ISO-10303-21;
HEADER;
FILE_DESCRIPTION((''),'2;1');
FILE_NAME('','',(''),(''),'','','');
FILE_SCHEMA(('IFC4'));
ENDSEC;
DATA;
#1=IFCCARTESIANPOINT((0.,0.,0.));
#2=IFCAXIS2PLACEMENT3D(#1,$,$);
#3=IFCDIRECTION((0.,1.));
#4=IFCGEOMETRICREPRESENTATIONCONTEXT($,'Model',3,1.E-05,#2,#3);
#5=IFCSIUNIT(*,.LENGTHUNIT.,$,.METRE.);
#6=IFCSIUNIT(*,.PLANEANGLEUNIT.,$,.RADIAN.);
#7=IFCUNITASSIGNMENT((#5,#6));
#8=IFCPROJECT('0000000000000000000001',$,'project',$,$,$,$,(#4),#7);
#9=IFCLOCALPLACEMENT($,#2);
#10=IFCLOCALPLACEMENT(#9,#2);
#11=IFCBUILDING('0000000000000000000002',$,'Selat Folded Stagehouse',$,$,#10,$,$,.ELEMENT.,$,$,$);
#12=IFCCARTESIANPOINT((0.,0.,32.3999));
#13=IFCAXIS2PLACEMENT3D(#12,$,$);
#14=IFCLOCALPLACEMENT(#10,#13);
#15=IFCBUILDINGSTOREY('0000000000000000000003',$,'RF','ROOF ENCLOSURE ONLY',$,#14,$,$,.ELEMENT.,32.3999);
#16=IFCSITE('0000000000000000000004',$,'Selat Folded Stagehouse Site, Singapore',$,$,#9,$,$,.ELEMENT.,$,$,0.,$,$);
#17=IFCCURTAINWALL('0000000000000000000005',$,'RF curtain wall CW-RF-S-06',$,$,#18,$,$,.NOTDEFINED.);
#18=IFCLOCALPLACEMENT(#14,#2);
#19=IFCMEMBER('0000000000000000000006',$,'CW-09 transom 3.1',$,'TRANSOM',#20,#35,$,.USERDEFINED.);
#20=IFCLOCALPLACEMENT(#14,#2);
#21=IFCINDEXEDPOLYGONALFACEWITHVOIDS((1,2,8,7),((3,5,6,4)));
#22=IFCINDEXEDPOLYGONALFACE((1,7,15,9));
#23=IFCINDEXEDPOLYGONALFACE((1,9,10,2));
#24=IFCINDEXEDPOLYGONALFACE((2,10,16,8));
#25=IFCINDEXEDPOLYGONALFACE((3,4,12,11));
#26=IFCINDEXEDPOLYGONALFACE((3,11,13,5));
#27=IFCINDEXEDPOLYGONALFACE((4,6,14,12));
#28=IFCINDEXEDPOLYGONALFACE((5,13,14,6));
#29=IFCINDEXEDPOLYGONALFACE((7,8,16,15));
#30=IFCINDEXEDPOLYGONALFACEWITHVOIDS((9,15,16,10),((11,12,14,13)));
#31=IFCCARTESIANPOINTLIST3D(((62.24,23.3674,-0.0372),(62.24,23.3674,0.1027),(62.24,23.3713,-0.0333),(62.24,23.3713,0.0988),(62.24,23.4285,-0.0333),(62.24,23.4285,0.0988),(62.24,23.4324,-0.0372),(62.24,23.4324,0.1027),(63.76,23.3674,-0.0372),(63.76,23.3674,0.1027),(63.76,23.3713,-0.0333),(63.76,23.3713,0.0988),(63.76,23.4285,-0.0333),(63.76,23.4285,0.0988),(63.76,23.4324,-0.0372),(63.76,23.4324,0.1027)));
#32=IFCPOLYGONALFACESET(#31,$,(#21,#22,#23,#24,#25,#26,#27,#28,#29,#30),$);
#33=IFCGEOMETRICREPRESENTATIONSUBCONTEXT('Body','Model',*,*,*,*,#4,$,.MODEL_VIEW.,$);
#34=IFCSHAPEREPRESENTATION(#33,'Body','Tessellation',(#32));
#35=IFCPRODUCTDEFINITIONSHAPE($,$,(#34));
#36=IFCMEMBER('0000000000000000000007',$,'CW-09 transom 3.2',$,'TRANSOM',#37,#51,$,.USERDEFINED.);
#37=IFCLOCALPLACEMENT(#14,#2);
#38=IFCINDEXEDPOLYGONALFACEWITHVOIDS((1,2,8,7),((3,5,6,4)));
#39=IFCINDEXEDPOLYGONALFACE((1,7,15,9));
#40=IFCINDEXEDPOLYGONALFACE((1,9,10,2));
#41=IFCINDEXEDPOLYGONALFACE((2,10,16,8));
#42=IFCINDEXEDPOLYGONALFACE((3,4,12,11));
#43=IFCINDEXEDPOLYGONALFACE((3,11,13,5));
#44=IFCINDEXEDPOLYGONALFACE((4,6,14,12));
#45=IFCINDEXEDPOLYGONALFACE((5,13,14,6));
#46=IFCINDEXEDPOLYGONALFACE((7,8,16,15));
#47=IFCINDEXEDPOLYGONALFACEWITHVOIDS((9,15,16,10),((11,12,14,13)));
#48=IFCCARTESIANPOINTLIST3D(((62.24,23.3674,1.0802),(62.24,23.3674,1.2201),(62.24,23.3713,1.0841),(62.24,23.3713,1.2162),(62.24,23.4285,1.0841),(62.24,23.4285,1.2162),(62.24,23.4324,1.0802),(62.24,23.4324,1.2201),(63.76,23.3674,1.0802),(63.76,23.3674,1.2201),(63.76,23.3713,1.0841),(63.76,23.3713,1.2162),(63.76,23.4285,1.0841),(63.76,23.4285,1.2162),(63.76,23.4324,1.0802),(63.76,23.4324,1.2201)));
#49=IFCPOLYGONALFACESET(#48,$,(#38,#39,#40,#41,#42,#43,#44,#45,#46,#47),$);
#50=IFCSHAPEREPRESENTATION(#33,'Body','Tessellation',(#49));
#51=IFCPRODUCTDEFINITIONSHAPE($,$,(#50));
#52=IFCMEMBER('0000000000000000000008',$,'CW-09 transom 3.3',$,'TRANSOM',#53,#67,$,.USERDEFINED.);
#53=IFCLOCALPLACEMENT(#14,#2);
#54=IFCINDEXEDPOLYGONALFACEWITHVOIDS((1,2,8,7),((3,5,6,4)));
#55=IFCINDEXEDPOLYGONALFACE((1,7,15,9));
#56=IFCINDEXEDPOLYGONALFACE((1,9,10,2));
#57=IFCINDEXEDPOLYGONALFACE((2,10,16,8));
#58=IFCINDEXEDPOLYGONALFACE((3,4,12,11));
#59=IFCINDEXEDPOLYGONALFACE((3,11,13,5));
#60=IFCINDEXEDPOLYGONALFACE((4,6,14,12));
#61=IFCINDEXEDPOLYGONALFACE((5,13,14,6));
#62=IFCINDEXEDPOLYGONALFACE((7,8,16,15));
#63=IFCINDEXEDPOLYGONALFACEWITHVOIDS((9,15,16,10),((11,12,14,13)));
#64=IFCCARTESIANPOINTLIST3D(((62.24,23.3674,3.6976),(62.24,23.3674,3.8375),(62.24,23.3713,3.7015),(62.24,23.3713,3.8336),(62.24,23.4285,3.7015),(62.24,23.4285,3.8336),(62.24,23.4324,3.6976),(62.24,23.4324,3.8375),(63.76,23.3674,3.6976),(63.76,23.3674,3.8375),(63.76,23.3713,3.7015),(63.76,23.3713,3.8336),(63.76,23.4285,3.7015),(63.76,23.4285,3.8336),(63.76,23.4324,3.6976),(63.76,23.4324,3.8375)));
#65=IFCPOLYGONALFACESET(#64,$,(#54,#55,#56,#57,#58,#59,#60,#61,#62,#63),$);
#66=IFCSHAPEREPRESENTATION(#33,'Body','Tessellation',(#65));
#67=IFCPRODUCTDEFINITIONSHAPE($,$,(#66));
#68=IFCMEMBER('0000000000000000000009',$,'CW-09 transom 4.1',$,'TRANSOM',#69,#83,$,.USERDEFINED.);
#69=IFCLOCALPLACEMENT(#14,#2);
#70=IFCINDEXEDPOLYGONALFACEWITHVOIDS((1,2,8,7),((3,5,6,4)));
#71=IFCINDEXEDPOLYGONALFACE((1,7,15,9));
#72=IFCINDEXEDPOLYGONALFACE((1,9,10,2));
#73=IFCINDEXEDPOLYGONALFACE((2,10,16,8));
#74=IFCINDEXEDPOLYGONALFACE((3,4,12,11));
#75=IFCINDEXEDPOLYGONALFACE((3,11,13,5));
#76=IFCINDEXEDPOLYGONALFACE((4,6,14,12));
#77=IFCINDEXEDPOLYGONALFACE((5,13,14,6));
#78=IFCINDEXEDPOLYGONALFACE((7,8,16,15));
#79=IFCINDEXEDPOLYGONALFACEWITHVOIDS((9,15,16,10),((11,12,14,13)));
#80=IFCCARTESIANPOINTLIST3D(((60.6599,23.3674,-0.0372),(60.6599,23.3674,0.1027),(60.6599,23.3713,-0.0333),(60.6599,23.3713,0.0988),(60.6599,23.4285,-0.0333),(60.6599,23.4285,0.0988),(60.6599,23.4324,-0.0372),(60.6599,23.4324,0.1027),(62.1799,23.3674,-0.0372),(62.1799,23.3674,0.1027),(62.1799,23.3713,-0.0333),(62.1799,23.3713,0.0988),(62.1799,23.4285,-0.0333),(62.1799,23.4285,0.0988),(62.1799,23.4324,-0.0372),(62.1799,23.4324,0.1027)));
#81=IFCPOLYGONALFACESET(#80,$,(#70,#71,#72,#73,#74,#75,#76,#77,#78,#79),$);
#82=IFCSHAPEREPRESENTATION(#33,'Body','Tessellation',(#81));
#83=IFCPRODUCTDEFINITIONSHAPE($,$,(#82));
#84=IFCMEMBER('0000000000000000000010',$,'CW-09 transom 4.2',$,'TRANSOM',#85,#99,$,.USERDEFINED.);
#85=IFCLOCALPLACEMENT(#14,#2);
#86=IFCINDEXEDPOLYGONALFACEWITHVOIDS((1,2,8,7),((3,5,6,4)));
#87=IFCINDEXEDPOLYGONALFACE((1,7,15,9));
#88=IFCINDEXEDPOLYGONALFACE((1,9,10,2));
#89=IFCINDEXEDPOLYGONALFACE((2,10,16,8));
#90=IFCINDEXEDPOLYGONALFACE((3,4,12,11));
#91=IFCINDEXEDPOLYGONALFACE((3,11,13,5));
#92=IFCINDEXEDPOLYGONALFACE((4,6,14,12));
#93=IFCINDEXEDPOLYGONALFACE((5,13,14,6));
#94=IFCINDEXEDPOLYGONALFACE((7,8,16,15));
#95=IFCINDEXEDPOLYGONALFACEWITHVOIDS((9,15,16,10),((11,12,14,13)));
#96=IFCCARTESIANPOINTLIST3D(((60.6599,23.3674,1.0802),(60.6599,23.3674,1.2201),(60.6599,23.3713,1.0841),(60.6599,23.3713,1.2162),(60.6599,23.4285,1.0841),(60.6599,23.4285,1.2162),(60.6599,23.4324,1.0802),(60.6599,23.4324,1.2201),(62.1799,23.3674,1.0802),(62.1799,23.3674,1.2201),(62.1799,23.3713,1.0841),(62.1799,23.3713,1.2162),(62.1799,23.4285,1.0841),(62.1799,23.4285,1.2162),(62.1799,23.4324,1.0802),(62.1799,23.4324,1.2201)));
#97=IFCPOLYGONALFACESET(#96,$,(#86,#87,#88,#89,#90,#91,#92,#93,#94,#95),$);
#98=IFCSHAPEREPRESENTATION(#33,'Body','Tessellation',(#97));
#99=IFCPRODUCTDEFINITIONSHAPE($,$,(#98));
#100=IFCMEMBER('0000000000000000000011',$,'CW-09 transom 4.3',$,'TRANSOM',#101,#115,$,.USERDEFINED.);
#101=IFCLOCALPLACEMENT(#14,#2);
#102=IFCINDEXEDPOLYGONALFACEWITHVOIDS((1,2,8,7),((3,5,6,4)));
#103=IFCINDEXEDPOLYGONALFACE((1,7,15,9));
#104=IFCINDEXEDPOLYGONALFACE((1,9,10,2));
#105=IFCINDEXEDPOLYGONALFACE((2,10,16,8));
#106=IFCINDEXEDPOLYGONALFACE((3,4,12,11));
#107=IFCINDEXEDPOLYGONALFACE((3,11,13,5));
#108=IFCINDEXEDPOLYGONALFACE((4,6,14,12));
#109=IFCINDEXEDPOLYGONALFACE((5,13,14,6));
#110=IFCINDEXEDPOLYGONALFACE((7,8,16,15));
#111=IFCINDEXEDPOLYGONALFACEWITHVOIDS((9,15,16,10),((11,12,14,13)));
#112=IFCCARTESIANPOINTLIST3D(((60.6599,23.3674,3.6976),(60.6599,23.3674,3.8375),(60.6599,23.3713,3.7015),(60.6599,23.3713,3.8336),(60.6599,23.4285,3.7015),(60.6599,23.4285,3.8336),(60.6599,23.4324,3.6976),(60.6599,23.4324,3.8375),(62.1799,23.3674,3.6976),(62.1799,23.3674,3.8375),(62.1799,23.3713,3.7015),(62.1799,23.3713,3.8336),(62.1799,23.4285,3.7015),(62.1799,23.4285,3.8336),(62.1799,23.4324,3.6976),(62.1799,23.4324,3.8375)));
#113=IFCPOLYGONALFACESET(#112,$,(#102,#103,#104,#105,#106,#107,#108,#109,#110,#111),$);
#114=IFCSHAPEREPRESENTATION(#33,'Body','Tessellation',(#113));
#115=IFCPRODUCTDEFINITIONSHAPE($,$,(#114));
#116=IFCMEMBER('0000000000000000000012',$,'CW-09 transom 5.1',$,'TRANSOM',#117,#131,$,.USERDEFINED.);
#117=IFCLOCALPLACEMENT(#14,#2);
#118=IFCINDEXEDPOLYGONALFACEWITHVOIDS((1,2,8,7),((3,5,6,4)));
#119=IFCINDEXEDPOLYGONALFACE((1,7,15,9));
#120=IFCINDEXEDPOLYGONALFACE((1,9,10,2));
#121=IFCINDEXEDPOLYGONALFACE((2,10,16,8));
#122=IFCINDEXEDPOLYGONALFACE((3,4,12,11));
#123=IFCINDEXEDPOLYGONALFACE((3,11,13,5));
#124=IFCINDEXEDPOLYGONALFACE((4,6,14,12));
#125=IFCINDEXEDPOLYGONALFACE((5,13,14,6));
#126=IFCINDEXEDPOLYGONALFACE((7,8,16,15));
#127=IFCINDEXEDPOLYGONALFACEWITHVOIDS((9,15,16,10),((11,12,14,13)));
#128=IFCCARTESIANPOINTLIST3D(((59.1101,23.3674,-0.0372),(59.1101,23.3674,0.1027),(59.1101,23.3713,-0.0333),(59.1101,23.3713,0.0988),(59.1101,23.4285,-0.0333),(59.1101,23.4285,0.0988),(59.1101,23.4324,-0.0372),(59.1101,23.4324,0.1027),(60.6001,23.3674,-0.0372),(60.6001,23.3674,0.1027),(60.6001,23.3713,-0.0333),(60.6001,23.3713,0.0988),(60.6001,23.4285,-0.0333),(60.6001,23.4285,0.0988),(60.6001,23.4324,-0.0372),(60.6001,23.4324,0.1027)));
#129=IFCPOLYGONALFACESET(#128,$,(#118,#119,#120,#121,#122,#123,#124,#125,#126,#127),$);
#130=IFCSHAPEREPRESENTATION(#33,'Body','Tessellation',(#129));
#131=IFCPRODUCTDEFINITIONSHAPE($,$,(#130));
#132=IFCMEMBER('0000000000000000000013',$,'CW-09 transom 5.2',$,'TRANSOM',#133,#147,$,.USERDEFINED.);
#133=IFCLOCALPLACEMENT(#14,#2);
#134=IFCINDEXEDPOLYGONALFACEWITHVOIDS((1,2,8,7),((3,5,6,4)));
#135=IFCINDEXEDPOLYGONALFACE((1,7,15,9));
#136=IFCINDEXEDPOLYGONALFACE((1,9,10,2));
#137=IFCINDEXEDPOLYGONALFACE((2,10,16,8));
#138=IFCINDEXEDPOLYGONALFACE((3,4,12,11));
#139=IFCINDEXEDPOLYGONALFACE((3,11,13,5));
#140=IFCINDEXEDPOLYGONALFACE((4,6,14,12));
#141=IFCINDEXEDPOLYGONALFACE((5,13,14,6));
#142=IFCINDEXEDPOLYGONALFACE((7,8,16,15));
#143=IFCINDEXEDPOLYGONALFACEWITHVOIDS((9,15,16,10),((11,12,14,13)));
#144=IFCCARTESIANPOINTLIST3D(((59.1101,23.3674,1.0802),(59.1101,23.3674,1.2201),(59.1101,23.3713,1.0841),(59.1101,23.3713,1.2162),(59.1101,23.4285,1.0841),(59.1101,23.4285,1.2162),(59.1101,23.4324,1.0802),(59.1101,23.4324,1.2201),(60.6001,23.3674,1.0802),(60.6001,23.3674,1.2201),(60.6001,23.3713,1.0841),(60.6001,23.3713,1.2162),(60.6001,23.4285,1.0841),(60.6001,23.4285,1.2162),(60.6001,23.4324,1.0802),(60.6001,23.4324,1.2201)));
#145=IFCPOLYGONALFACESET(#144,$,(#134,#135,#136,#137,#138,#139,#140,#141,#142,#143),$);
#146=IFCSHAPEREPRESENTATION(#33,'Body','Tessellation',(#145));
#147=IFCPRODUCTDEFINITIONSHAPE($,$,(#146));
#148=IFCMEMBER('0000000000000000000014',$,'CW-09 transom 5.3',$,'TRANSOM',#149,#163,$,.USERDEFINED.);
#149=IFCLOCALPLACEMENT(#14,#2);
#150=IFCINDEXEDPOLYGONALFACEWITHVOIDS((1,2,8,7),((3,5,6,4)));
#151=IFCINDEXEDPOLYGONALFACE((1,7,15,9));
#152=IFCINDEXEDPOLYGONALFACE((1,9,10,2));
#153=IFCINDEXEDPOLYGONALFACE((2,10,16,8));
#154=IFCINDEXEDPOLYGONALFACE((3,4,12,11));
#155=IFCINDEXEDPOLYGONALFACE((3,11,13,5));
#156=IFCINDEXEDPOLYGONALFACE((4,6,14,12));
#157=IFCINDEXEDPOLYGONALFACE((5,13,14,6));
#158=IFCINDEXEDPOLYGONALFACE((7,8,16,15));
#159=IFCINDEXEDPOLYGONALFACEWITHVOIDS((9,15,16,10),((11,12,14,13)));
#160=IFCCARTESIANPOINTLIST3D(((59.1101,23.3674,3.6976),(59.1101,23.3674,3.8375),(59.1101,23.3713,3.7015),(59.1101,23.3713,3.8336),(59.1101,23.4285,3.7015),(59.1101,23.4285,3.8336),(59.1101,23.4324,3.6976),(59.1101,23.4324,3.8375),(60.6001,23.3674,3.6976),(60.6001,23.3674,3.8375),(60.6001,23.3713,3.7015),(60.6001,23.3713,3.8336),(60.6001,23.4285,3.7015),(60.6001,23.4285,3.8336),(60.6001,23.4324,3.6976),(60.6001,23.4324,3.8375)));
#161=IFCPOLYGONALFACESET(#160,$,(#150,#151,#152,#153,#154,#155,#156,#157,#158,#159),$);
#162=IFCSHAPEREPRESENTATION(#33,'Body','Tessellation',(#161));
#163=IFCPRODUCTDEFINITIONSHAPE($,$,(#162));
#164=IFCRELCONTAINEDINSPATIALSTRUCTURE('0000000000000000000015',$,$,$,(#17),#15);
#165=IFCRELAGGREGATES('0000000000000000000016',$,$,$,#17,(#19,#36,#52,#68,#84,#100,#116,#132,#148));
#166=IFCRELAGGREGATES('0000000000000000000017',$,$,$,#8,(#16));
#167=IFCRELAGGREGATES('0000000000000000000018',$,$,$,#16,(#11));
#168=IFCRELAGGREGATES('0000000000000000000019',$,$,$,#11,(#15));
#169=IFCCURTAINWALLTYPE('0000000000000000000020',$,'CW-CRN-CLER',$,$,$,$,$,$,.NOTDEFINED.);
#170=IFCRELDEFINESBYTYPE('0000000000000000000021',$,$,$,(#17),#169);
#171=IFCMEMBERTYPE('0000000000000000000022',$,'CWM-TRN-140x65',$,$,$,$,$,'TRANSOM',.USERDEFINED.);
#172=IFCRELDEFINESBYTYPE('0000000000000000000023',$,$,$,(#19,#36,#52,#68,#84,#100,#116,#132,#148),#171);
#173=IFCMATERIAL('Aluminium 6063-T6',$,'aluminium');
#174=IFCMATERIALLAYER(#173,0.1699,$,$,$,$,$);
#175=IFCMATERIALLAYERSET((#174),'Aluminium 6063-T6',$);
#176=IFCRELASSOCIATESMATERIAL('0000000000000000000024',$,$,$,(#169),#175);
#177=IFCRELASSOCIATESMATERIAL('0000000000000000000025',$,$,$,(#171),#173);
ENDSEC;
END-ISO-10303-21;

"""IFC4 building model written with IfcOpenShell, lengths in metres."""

from ifc_helpers import new_model, si_unit, direction, frame, origin, origin_2d, place, context, subcontext, project, spatial, hollow_rectangle, extrude, material, layer, layer_set, material_profile, profile_set, type_object, element, aggregate, save


model = new_model("IFC4")

# Units and contexts
model_context = context("Model", 3, precision=1e-05, world=origin(), true_north=direction((0.0, 1.0)))
body_context = subcontext(model_context, "Body", "Model", "MODEL_VIEW")
ifc_project = project(units=[si_unit("LENGTHUNIT", "METRE"), si_unit("PLANEANGLEUNIT", "RADIAN")], contexts=[model_context])

# Site, building, storey
site_placement = place(None, origin())
site = spatial("IfcSite", under=ifc_project, at=site_placement, Name="Selat Folded Stagehouse Site, Singapore", CompositionType="ELEMENT", RefElevation=0.0)
building_placement = place(site_placement, origin())
building = spatial("IfcBuilding", under=site, at=building_placement, Name="Selat Folded Stagehouse", CompositionType="ELEMENT")
storey_placement = place(building_placement, frame((0.0, 0.0, 32.3999)))
storey = spatial("IfcBuildingStorey", under=building, at=storey_placement, Name="RF", Description="ROOF ENCLOSURE ONLY", CompositionType="ELEMENT", Elevation=32.3999)

# Shared definitions
ifc_material_1 = material(Name="Aluminium 6063-T6", Category="aluminium")
ifc_layer_1 = layer(ifc_material_1, 0.1699)
ifc_layer_set_1 = layer_set([ifc_layer_1], Name="Aluminium 6063-T6")
curtain_wall_type = type_object("IfcCurtainWallType", Name="CW-CRN-CLER", PredefinedType="NOTDEFINED", material=ifc_layer_set_1)

# Curtain wall
curtain_wall_1_placement = place(storey_placement, origin())
curtain_wall_1 = element("IfcCurtainWall", 1, at=curtain_wall_1_placement, inside=storey, type_object=curtain_wall_type, Name="RF curtain wall CW-RF-S-06", PredefinedType="NOTDEFINED")

# Members
ifc_material_profile_1 = material_profile(ifc_material_1, hollow_rectangle(XDim=0.0649, YDim=0.1399, WallThickness=0.0039, at=origin_2d()), Name="ALU 140x65x4.0")
ifc_profile_set_1 = profile_set([ifc_material_profile_1], Name="Aluminium 6063-T6")
member_type_1 = type_object("IfcMemberType", Name="CWM-TRN-140x65", ElementType="TRANSOM", PredefinedType="USERDEFINED", material=ifc_profile_set_1)
member_1_placement = place(storey_placement, frame((63.76, 23.3999, 0.0327), z_axis=(-1.0, 0.0, 0.0), x_axis=(0.0, -1.0, 0.0)))
member_1 = element("IfcMember", 2, at=member_1_placement, type_object=member_type_1, Name="CW-09 transom 3.1", ObjectType="TRANSOM", PredefinedType="USERDEFINED", context=body_context, shape_type="SweptSolid", body=[
    extrude(hollow_rectangle(XDim=0.0649, YDim=0.1399, WallThickness=0.0039, at=origin_2d()), origin(), (0.0, 0.0, 1.0), 1.52),
])
member_2_placement = place(storey_placement, frame((63.76, 23.3999, 1.1501), z_axis=(-1.0, 0.0, 0.0), x_axis=(0.0, -1.0, 0.0)))
member_2 = element("IfcMember", 3, at=member_2_placement, type_object=member_type_1, Name="CW-09 transom 3.2", ObjectType="TRANSOM", PredefinedType="USERDEFINED", context=body_context, shape_type="SweptSolid", body=[
    extrude(hollow_rectangle(XDim=0.0649, YDim=0.1399, WallThickness=0.0039, at=origin_2d()), origin(), (0.0, 0.0, 1.0), 1.52),
])
member_3_placement = place(storey_placement, frame((63.76, 23.3999, 3.7676), z_axis=(-1.0, 0.0, 0.0), x_axis=(0.0, -1.0, 0.0)))
member_3 = element("IfcMember", 4, at=member_3_placement, type_object=member_type_1, Name="CW-09 transom 3.3", ObjectType="TRANSOM", PredefinedType="USERDEFINED", context=body_context, shape_type="SweptSolid", body=[
    extrude(hollow_rectangle(XDim=0.0649, YDim=0.1399, WallThickness=0.0039, at=origin_2d()), origin(), (0.0, 0.0, 1.0), 1.52),
])
member_4_placement = place(storey_placement, frame((62.1799, 23.3999, 0.0327), z_axis=(-1.0, 0.0, 0.0), x_axis=(0.0, -1.0, 0.0)))
member_4 = element("IfcMember", 5, at=member_4_placement, type_object=member_type_1, Name="CW-09 transom 4.1", ObjectType="TRANSOM", PredefinedType="USERDEFINED", context=body_context, shape_type="SweptSolid", body=[
    extrude(hollow_rectangle(XDim=0.0649, YDim=0.1399, WallThickness=0.0039, at=origin_2d()), origin(), (0.0, 0.0, 1.0), 1.52),
])
member_5_placement = place(storey_placement, frame((62.1799, 23.3999, 1.1501), z_axis=(-1.0, 0.0, 0.0), x_axis=(0.0, -1.0, 0.0)))
member_5 = element("IfcMember", 6, at=member_5_placement, type_object=member_type_1, Name="CW-09 transom 4.2", ObjectType="TRANSOM", PredefinedType="USERDEFINED", context=body_context, shape_type="SweptSolid", body=[
    extrude(hollow_rectangle(XDim=0.0649, YDim=0.1399, WallThickness=0.0039, at=origin_2d()), origin(), (0.0, 0.0, 1.0), 1.52),
])
member_6_placement = place(storey_placement, frame((62.1799, 23.3999, 3.7676), z_axis=(-1.0, 0.0, 0.0), x_axis=(0.0, -1.0, 0.0)))
member_6 = element("IfcMember", 7, at=member_6_placement, type_object=member_type_1, Name="CW-09 transom 4.3", ObjectType="TRANSOM", PredefinedType="USERDEFINED", context=body_context, shape_type="SweptSolid", body=[
    extrude(hollow_rectangle(XDim=0.0649, YDim=0.1399, WallThickness=0.0039, at=origin_2d()), origin(), (0.0, 0.0, 1.0), 1.52),
])
member_7_placement = place(storey_placement, frame((60.6001, 23.3999, 0.0327), z_axis=(-1.0, 0.0, 0.0), x_axis=(0.0, -1.0, 0.0)))
member_7 = element("IfcMember", 8, at=member_7_placement, type_object=member_type_1, Name="CW-09 transom 5.1", ObjectType="TRANSOM", PredefinedType="USERDEFINED", context=body_context, shape_type="SweptSolid", body=[
    extrude(hollow_rectangle(XDim=0.0649, YDim=0.1399, WallThickness=0.0039, at=origin_2d()), origin(), (0.0, 0.0, 1.0), 1.49),
])
member_8_placement = place(storey_placement, frame((60.6001, 23.3999, 1.1501), z_axis=(-1.0, 0.0, 0.0), x_axis=(0.0, -1.0, 0.0)))
member_8 = element("IfcMember", 9, at=member_8_placement, type_object=member_type_1, Name="CW-09 transom 5.2", ObjectType="TRANSOM", PredefinedType="USERDEFINED", context=body_context, shape_type="SweptSolid", body=[
    extrude(hollow_rectangle(XDim=0.0649, YDim=0.1399, WallThickness=0.0039, at=origin_2d()), origin(), (0.0, 0.0, 1.0), 1.49),
])
member_9_placement = place(storey_placement, frame((60.6001, 23.3999, 3.7676), z_axis=(-1.0, 0.0, 0.0), x_axis=(0.0, -1.0, 0.0)))
member_9 = element("IfcMember", 10, at=member_9_placement, type_object=member_type_1, Name="CW-09 transom 5.3", ObjectType="TRANSOM", PredefinedType="USERDEFINED", context=body_context, shape_type="SweptSolid", body=[
    extrude(hollow_rectangle(XDim=0.0649, YDim=0.1399, WallThickness=0.0039, at=origin_2d()), origin(), (0.0, 0.0, 1.0), 1.49),
])

aggregate(curtain_wall_1, [member_1, member_2, member_3, member_4, member_5, member_6, member_7, member_8, member_9])

save(model, "model.ifc")
